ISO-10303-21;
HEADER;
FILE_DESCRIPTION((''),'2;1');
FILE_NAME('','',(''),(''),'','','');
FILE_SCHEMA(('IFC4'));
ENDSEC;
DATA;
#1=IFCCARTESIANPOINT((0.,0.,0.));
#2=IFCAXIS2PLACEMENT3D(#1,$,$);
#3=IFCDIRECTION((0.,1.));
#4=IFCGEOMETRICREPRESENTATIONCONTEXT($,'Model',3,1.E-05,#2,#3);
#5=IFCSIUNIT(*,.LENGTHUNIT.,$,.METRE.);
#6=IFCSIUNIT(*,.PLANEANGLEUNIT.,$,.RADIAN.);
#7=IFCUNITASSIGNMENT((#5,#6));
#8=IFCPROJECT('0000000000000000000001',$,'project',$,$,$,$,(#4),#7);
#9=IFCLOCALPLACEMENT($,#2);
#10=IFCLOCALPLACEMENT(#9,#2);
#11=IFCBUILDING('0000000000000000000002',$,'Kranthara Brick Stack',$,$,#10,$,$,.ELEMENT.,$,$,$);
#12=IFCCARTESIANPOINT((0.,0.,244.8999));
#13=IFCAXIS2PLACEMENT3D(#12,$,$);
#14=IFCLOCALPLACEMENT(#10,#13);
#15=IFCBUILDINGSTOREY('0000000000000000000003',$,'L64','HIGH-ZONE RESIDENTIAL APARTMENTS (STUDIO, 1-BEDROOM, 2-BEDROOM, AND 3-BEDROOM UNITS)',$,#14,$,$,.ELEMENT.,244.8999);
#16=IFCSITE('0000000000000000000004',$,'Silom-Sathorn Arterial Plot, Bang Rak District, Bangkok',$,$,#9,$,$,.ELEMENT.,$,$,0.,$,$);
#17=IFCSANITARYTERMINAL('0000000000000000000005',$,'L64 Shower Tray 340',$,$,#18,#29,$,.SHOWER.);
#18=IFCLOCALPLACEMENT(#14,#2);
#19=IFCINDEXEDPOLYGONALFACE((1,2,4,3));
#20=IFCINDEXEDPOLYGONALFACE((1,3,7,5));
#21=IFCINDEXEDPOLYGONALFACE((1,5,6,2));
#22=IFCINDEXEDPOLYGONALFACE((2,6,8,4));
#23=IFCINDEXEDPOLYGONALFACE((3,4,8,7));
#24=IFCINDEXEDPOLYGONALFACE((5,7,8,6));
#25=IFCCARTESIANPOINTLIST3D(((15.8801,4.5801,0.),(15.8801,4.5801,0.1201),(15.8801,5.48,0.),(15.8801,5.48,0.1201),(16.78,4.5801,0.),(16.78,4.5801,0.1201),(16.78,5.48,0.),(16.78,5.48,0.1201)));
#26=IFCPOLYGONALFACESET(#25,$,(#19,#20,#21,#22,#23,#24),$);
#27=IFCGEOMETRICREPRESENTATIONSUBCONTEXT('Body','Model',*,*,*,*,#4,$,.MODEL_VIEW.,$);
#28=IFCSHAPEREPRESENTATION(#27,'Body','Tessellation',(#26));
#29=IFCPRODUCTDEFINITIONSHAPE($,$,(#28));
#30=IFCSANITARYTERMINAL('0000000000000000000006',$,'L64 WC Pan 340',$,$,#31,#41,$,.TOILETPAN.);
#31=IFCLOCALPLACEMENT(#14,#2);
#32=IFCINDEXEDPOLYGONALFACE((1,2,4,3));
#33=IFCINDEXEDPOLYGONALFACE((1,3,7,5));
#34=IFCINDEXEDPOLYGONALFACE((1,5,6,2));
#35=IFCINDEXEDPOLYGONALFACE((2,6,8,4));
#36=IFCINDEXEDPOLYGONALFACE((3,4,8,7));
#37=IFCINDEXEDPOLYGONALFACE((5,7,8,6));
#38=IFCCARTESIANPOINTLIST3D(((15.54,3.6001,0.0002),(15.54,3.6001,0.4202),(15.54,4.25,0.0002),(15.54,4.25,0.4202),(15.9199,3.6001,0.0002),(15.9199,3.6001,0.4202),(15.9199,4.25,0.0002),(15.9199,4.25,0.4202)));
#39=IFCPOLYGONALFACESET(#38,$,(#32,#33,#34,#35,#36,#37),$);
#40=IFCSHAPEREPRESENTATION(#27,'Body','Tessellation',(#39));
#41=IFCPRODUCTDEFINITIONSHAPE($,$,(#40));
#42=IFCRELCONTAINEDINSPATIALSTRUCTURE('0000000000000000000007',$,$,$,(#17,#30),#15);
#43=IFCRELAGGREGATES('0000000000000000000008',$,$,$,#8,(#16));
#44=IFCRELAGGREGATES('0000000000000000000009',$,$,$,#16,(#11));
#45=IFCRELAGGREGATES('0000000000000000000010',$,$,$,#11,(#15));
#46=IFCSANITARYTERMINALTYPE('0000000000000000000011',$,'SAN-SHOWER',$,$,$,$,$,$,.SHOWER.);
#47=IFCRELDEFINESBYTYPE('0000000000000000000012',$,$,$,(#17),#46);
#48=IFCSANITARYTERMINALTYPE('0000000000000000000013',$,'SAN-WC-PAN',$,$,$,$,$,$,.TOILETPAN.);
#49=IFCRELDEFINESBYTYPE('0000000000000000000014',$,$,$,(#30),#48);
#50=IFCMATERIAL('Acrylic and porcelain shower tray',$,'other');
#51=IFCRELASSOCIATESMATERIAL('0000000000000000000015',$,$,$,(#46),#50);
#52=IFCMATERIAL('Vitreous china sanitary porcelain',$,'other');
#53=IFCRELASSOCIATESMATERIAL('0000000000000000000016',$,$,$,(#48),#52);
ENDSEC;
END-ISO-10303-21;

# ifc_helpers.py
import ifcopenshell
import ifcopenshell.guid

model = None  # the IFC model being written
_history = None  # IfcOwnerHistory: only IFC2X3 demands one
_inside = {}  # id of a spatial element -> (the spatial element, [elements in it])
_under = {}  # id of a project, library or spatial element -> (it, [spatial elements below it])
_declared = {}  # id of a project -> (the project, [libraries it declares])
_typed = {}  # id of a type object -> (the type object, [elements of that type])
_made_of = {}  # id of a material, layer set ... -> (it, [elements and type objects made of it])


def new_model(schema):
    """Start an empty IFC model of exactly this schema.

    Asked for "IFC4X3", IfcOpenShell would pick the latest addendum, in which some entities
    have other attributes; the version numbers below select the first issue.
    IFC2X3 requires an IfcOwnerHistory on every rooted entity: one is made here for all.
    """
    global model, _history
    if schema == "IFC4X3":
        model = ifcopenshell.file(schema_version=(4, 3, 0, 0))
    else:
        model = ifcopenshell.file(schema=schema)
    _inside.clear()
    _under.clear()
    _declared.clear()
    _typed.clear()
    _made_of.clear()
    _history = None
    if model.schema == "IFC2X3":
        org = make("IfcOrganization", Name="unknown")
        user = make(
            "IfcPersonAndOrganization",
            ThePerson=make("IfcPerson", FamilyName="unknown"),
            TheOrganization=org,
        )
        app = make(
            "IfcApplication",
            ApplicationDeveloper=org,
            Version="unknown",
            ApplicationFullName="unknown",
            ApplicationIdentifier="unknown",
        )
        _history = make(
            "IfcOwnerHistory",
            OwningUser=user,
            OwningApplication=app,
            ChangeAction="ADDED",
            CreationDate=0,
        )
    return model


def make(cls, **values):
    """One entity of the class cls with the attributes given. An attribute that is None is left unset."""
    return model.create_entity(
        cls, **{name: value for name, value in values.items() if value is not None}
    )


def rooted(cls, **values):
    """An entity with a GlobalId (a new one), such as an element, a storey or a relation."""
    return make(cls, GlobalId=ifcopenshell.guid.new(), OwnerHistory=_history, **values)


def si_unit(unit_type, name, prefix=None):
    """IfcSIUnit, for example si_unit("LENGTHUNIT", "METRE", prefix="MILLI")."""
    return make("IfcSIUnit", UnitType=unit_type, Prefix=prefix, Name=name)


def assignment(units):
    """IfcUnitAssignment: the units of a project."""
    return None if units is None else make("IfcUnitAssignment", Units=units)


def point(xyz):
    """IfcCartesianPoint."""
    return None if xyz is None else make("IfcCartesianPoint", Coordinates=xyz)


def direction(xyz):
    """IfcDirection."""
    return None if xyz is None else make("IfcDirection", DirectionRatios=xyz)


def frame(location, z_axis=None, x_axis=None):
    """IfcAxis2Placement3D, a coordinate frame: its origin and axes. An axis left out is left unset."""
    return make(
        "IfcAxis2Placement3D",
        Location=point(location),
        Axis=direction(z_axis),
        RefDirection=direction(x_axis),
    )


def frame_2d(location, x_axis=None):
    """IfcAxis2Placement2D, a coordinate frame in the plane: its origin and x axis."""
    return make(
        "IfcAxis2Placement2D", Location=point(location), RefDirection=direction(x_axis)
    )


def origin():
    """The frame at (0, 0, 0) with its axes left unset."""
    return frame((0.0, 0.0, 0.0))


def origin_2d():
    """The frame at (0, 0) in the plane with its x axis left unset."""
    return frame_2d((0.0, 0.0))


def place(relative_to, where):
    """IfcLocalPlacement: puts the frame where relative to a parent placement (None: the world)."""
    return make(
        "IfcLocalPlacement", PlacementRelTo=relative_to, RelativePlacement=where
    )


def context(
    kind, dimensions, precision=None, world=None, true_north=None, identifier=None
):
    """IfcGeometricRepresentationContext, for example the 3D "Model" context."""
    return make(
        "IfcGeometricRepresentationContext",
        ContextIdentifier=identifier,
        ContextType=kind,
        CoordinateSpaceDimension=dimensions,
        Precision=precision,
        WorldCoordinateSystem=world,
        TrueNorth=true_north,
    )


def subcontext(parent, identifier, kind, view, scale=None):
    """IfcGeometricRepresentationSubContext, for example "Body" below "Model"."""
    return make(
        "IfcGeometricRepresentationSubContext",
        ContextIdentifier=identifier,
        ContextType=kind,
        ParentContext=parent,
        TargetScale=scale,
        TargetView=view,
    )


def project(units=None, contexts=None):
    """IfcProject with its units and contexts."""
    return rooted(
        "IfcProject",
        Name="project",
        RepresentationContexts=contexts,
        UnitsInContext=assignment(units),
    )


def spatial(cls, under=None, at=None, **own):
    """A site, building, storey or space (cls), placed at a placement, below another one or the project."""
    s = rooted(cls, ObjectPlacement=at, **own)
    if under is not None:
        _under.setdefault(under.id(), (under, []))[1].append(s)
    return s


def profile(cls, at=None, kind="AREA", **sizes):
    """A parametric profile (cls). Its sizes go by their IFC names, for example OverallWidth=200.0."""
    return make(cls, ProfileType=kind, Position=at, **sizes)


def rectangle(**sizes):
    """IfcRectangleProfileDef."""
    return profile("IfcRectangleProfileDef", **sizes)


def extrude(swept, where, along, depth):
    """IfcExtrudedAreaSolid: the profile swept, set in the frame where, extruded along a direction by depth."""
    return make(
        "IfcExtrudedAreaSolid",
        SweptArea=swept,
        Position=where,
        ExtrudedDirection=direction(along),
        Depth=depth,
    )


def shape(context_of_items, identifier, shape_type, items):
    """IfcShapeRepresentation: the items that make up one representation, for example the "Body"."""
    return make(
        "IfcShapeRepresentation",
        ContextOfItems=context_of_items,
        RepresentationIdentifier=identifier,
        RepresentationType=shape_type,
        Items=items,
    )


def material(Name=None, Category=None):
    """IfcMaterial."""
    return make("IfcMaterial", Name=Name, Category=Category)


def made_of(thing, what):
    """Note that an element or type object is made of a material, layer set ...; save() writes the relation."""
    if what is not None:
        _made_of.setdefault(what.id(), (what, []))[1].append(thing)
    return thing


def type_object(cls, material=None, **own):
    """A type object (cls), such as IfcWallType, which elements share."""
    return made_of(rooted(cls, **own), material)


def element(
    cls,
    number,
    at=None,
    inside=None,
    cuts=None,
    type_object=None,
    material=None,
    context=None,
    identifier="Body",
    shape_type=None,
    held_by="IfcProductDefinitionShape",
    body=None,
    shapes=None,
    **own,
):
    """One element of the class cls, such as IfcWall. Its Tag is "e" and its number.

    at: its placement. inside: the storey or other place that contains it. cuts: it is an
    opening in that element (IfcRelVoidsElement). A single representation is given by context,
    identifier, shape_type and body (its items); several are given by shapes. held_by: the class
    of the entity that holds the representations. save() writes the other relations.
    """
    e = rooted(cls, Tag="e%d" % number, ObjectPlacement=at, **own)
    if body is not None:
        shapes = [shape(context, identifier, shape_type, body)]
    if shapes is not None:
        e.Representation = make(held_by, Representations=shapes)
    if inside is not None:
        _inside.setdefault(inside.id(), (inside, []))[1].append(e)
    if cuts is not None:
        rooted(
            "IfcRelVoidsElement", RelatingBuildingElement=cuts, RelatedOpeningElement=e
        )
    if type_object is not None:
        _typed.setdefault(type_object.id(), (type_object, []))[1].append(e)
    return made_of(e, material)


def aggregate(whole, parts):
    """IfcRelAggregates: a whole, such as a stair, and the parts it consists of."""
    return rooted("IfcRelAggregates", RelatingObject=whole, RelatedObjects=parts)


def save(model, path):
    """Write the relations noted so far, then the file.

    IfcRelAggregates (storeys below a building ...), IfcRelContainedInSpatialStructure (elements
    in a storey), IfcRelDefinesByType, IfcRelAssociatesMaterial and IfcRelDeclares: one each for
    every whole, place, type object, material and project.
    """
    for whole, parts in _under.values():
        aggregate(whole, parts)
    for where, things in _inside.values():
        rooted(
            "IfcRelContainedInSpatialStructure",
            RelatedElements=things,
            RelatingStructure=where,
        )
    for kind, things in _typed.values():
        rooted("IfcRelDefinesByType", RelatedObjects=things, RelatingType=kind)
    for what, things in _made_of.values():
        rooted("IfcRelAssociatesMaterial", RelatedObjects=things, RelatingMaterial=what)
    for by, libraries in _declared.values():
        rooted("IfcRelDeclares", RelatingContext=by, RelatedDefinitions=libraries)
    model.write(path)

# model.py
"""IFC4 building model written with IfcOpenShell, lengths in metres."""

from ifc_helpers import new_model, si_unit, direction, frame, origin, origin_2d, place, context, subcontext, project, spatial, rectangle, extrude, material, type_object, element, save


model = new_model("IFC4")

# Units and contexts
model_context = context("Model", 3, precision=1e-05, world=origin(), true_north=direction((0.0, 1.0)))
body_context = subcontext(model_context, "Body", "Model", "MODEL_VIEW")
ifc_project = project(units=[si_unit("LENGTHUNIT", "METRE"), si_unit("PLANEANGLEUNIT", "RADIAN")], contexts=[model_context])

# Site, building, storey
site_placement = place(None, origin())
site = spatial("IfcSite", under=ifc_project, at=site_placement, Name="Silom-Sathorn Arterial Plot, Bang Rak District, Bangkok", CompositionType="ELEMENT", RefElevation=0.0)
building_placement = place(site_placement, origin())
building = spatial("IfcBuilding", under=site, at=building_placement, Name="Kranthara Brick Stack", CompositionType="ELEMENT")
storey_placement = place(building_placement, frame((0.0, 0.0, 244.8999)))
storey = spatial("IfcBuildingStorey", under=building, at=storey_placement, Name="L64", Description="HIGH-ZONE RESIDENTIAL APARTMENTS (STUDIO, 1-BEDROOM, 2-BEDROOM, AND 3-BEDROOM UNITS)", CompositionType="ELEMENT", Elevation=244.8999)

# Sanitary terminals
ifc_material_1 = material(Name="Acrylic and porcelain shower tray", Category="other")
sanitary_terminal_type_1 = type_object("IfcSanitaryTerminalType", Name="SAN-SHOWER", PredefinedType="SHOWER", material=ifc_material_1)
sanitary_terminal_1_placement = place(storey_placement, frame((16.3301, 5.03, 0.0), z_axis=(0.0, 0.0, 1.0), x_axis=(1.0, 0.0, 0.0)))
element("IfcSanitaryTerminal", 1, at=sanitary_terminal_1_placement, inside=storey, type_object=sanitary_terminal_type_1, Name="L64 Shower Tray 340", PredefinedType="SHOWER", context=body_context, shape_type="SweptSolid", body=[
    extrude(rectangle(XDim=0.8999, YDim=0.8999, at=origin_2d()), origin(), (0.0, 0.0, 1.0), 0.1201),
])
ifc_material_2 = material(Name="Vitreous china sanitary porcelain", Category="other")
sanitary_terminal_type_2 = type_object("IfcSanitaryTerminalType", Name="SAN-WC-PAN", PredefinedType="TOILETPAN", material=ifc_material_2)
sanitary_terminal_2_placement = place(storey_placement, frame((15.73, 3.925, 0.0002), z_axis=(0.0, 0.0, 1.0), x_axis=(1.0, 0.0, 0.0)))
element("IfcSanitaryTerminal", 2, at=sanitary_terminal_2_placement, inside=storey, type_object=sanitary_terminal_type_2, Name="L64 WC Pan 340", PredefinedType="TOILETPAN", context=body_context, shape_type="SweptSolid", body=[
    extrude(rectangle(XDim=0.3799, YDim=0.6499, at=origin_2d()), origin(), (0.0, 0.0, 1.0), 0.4199),
])

save(model, "model.ifc")
